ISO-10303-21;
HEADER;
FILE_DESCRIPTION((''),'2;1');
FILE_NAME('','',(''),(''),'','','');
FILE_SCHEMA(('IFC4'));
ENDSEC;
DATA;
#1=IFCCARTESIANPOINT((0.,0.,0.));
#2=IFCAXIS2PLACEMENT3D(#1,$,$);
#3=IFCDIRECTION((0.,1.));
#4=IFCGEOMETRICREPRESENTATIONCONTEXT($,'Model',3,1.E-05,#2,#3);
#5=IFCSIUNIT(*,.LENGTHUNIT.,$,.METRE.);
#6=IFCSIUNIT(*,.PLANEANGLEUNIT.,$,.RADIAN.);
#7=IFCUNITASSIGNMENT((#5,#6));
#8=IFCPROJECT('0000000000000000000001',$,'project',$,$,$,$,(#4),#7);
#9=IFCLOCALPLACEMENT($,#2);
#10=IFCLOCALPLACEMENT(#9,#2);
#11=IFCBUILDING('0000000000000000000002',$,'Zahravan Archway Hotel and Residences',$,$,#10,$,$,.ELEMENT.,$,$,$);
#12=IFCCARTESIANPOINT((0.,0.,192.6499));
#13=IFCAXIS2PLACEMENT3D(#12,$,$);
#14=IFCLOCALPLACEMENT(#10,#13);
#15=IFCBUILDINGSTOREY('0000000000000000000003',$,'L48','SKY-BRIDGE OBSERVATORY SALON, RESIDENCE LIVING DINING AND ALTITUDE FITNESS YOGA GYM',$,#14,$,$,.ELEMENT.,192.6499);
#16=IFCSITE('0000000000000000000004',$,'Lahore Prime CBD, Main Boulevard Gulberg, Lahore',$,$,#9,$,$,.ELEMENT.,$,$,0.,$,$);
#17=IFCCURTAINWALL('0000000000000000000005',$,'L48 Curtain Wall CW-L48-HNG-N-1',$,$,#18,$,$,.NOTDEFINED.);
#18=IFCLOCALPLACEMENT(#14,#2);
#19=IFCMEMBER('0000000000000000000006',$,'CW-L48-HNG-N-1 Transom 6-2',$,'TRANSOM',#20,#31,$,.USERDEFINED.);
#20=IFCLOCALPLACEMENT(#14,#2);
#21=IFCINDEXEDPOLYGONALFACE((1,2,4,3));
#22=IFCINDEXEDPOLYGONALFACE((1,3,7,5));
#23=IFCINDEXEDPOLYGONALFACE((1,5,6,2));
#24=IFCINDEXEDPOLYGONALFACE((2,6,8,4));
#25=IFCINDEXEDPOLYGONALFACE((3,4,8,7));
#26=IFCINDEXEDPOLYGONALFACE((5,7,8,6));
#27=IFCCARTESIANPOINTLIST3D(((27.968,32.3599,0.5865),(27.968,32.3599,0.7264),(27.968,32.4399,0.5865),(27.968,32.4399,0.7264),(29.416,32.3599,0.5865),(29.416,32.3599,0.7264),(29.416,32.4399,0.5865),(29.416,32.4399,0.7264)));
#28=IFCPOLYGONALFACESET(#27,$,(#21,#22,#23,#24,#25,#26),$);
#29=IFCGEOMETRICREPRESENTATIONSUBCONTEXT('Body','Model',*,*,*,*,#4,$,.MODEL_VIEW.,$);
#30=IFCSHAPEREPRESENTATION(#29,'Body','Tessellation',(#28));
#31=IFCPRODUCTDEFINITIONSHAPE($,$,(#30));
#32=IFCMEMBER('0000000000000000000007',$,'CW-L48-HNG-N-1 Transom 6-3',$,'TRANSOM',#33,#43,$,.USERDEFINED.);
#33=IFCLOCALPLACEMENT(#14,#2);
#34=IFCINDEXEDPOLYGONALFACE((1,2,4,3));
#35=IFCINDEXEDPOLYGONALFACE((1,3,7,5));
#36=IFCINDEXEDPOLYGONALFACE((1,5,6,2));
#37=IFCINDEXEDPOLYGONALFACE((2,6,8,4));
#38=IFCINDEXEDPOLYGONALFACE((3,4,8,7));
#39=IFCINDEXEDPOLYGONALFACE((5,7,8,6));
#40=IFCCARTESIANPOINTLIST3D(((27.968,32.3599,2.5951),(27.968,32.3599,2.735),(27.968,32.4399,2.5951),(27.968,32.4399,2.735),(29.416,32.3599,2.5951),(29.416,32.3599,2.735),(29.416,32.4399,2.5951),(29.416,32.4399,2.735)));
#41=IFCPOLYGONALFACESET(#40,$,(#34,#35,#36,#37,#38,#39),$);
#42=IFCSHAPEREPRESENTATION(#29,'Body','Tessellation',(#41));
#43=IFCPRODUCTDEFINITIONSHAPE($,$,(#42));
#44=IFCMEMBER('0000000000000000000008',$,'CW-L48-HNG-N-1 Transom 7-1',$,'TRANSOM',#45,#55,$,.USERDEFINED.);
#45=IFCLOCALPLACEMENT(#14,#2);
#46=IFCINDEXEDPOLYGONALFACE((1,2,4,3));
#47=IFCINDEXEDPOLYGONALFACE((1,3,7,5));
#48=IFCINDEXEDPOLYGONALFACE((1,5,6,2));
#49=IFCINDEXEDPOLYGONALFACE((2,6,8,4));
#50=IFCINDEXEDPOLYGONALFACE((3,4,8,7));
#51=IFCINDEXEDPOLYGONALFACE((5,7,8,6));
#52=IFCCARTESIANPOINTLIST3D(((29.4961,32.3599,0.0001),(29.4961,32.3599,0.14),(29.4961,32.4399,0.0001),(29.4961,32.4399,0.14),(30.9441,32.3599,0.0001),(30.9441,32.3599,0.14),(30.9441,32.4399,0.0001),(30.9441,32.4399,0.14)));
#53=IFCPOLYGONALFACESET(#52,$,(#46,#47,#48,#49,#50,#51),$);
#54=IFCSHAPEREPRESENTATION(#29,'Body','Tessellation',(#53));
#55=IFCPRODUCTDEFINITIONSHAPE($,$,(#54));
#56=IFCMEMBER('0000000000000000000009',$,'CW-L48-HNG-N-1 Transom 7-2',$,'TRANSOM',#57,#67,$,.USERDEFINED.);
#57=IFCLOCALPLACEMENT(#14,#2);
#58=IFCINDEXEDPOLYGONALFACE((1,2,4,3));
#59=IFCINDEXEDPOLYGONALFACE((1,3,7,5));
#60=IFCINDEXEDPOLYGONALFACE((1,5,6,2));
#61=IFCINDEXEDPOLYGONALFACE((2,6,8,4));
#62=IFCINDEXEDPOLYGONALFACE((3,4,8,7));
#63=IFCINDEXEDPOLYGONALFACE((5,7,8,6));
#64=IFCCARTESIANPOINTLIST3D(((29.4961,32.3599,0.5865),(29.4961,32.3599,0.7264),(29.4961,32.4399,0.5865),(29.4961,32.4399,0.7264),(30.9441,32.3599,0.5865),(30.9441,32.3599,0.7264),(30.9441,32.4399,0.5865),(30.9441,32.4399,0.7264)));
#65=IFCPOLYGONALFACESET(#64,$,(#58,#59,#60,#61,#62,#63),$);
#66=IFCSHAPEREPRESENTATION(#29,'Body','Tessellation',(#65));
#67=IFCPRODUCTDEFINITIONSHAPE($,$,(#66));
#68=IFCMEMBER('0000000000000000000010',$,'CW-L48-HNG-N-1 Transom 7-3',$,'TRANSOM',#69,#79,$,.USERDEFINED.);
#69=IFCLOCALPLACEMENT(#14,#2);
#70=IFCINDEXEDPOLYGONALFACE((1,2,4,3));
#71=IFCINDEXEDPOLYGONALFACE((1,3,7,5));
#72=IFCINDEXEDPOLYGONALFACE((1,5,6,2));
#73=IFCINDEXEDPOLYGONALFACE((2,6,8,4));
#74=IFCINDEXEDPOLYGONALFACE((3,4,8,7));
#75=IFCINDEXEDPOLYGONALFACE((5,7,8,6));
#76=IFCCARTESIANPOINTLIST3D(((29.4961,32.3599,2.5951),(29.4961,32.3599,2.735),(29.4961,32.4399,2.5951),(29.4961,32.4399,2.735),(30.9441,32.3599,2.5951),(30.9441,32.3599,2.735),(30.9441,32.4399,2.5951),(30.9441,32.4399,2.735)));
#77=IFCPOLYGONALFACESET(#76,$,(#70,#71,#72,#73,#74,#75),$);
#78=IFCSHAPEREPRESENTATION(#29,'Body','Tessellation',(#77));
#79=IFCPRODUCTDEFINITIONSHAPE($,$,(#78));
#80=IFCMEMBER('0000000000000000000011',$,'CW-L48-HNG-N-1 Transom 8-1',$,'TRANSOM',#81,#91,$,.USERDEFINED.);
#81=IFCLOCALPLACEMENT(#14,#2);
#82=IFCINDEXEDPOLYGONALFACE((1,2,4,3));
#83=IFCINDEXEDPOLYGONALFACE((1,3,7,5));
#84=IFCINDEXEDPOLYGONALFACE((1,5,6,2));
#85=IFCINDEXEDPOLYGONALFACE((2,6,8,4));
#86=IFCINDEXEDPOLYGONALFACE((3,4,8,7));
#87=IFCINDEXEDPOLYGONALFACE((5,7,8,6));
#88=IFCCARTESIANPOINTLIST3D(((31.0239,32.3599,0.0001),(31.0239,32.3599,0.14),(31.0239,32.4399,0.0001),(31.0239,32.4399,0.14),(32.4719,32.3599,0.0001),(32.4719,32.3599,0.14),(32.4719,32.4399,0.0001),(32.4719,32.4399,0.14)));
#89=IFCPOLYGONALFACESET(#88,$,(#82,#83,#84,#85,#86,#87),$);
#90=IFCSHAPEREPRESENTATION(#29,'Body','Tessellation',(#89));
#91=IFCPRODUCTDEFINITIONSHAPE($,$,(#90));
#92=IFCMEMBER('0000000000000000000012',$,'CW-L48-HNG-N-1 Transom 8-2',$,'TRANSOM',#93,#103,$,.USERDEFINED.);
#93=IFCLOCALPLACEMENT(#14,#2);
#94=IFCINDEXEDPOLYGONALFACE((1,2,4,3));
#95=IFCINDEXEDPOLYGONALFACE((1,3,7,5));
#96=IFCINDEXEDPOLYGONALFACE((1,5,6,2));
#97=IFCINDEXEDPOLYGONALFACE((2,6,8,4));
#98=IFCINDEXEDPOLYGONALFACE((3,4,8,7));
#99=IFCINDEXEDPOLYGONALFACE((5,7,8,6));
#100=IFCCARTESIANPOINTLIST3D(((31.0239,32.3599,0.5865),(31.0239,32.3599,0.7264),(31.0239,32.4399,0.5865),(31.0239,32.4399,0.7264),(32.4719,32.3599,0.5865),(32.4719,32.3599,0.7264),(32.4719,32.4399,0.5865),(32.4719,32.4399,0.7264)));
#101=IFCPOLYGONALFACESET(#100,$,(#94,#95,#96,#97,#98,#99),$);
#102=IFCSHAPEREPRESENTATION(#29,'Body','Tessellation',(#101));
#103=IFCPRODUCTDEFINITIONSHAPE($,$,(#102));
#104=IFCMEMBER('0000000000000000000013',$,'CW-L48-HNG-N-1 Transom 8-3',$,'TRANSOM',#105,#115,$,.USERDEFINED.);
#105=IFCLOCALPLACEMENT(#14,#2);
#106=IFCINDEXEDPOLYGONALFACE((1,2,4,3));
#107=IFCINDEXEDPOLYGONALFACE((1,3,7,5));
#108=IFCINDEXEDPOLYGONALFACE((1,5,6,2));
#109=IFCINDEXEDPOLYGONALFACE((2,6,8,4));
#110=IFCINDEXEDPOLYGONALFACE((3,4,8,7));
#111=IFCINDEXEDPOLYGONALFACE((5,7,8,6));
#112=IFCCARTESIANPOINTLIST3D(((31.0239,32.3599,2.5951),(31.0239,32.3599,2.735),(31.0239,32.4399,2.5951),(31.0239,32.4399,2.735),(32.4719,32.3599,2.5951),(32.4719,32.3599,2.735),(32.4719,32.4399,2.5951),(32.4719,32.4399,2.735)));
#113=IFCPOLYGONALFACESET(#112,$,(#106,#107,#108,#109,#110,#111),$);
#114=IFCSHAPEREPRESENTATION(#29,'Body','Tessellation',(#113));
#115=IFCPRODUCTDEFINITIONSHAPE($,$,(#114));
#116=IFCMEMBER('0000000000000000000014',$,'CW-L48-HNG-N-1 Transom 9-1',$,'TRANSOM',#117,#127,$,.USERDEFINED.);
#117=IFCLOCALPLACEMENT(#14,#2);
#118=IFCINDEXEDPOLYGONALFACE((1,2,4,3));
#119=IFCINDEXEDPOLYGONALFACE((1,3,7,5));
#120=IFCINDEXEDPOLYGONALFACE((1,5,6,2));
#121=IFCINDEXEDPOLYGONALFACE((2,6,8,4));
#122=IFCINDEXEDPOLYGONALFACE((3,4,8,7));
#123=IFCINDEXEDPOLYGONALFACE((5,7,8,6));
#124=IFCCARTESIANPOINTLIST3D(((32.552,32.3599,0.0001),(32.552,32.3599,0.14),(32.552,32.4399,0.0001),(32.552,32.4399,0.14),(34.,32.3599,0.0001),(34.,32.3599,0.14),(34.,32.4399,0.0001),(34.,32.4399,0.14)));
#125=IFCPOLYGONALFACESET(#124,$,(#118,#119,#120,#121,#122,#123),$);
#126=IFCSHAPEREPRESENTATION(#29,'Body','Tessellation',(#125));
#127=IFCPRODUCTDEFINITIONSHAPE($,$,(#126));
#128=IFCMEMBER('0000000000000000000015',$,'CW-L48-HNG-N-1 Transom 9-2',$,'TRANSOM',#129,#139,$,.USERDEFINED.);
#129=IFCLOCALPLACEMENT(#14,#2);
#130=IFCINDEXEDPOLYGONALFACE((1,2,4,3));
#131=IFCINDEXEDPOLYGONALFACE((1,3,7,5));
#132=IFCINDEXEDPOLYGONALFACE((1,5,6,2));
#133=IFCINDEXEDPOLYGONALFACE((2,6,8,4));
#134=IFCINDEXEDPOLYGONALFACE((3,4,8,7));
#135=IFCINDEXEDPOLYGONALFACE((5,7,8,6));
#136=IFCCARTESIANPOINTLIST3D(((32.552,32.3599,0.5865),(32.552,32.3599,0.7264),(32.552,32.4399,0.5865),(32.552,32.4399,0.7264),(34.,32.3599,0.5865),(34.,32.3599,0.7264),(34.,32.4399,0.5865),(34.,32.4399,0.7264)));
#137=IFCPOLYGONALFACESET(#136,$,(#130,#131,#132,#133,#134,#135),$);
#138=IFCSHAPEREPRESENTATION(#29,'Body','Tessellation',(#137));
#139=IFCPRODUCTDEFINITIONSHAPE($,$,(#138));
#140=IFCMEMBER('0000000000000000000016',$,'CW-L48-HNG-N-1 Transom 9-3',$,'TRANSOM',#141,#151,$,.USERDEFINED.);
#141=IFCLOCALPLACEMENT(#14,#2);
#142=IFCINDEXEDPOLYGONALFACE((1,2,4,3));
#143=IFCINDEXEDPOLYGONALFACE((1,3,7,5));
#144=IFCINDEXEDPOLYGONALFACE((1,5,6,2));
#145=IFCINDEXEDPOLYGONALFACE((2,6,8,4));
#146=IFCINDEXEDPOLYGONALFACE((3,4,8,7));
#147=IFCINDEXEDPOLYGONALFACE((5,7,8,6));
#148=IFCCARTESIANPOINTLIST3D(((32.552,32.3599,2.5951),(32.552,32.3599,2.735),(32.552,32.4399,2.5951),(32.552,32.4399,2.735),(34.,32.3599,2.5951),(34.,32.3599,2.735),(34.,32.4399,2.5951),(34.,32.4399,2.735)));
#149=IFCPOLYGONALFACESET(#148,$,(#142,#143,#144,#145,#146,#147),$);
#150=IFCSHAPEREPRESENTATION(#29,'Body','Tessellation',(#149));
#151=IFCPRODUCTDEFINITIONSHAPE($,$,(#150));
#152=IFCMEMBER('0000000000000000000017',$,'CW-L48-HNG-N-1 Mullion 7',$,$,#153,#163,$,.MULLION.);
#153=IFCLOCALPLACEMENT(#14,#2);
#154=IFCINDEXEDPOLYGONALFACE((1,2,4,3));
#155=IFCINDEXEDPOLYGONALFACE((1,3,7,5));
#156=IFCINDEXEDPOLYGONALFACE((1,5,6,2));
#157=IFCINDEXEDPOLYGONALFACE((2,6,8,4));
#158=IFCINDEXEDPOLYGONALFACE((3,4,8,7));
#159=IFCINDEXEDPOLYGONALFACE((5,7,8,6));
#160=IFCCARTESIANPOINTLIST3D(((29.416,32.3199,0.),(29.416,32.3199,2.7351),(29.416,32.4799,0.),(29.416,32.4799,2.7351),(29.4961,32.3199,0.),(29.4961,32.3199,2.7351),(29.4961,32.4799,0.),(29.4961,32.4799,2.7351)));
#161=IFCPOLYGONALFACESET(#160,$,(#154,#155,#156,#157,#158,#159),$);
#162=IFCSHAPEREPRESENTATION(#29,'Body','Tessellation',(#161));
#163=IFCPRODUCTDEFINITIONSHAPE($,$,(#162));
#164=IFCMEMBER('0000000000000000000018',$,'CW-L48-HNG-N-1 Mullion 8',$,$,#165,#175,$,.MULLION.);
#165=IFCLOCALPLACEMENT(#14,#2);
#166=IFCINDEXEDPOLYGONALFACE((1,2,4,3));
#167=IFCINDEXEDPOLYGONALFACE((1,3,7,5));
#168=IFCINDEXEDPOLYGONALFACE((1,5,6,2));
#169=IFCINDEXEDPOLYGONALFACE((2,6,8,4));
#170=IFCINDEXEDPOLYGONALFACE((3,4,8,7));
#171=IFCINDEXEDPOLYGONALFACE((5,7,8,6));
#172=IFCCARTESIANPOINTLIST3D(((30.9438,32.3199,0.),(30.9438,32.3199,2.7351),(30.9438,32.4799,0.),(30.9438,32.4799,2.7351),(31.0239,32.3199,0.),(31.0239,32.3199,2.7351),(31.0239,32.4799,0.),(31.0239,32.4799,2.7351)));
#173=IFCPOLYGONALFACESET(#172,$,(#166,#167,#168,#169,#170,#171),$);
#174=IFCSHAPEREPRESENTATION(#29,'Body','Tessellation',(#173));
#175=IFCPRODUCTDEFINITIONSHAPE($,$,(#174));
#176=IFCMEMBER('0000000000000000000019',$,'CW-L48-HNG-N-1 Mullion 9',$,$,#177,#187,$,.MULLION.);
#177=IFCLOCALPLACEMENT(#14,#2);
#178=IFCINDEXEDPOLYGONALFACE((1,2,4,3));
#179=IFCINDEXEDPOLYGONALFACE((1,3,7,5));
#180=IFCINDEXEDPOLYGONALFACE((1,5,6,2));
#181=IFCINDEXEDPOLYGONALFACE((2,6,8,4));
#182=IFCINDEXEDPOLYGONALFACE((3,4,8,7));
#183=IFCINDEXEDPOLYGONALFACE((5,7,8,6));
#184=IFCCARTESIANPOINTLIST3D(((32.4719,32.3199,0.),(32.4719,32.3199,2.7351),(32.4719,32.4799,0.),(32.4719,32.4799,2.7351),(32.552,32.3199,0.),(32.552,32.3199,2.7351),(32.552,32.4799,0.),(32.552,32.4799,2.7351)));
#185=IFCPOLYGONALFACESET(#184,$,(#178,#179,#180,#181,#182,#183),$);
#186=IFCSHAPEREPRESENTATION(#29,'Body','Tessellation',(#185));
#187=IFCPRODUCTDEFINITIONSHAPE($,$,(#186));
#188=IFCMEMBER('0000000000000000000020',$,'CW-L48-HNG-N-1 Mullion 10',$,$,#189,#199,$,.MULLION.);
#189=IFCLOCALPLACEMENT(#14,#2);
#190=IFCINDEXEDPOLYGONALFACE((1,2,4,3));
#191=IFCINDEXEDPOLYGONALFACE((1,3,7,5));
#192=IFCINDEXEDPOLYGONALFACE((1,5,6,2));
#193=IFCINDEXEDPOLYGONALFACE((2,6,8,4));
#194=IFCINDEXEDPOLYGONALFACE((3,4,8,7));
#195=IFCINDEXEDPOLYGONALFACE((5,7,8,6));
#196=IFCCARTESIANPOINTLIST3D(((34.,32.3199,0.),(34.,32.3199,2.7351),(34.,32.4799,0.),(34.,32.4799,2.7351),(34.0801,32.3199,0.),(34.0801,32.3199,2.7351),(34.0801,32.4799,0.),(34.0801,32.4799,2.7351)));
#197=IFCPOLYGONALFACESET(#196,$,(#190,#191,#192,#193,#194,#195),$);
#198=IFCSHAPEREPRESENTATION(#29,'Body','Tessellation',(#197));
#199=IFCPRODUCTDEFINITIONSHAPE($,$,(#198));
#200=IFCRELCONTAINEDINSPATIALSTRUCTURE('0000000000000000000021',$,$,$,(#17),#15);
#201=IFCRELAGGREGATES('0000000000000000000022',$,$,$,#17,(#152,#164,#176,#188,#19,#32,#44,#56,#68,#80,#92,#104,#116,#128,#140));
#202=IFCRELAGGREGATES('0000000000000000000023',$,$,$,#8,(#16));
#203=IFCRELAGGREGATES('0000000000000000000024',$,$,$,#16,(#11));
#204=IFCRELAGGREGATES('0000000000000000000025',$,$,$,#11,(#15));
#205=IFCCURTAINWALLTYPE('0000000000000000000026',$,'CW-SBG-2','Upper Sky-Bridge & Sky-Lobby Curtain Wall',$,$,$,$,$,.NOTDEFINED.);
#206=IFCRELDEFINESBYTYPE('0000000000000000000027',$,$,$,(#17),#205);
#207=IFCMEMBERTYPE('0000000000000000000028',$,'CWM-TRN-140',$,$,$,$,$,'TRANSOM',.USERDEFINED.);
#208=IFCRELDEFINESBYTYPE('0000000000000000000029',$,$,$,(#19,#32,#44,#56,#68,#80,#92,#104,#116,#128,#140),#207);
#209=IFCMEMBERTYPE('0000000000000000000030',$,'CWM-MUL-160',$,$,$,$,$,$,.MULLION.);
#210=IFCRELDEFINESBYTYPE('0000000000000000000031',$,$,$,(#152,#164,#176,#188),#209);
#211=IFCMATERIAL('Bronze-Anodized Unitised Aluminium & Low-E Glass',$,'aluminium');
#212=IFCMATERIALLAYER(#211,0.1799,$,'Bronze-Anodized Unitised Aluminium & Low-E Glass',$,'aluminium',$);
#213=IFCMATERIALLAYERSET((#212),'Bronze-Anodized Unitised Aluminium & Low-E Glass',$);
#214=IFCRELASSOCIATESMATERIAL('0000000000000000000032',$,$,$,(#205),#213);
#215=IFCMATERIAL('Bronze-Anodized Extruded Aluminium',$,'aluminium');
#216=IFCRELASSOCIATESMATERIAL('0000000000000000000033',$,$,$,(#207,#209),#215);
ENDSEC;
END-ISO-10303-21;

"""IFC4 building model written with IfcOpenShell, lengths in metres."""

from ifc_helpers import new_model, si_unit, direction, frame, origin, origin_2d, place, context, subcontext, project, spatial, rectangle, extrude, source, transform, mapped, material, layer, layer_set, material_profile, profile_set, type_object, element, aggregate, save


model = new_model("IFC4")

# Units and contexts
model_context = context("Model", 3, precision=1e-05, world=origin(), true_north=direction((0.0, 1.0)))
body_context = subcontext(model_context, "Body", "Model", "MODEL_VIEW")
ifc_project = project(units=[si_unit("LENGTHUNIT", "METRE"), si_unit("PLANEANGLEUNIT", "RADIAN")], contexts=[model_context])

# Site, building, storey
site_placement = place(None, origin())
site = spatial("IfcSite", under=ifc_project, at=site_placement, Name="Lahore Prime CBD, Main Boulevard Gulberg, Lahore", CompositionType="ELEMENT", RefElevation=0.0)
building_placement = place(site_placement, origin())
building = spatial("IfcBuilding", under=site, at=building_placement, Name="Zahravan Archway Hotel and Residences", CompositionType="ELEMENT")
storey_placement = place(building_placement, frame((0.0, 0.0, 192.6499)))
storey = spatial("IfcBuildingStorey", under=building, at=storey_placement, Name="L48", Description="SKY-BRIDGE OBSERVATORY SALON, RESIDENCE LIVING DINING AND ALTITUDE FITNESS YOGA GYM", CompositionType="ELEMENT", Elevation=192.6499)

# Curtain wall, members
ifc_material_1 = material(Name="Bronze-Anodized Unitised Aluminium & Low-E Glass", Category="aluminium")
ifc_layer_1 = layer(ifc_material_1, 0.1799, Name="Bronze-Anodized Unitised Aluminium & Low-E Glass", Category="aluminium")
ifc_layer_set_1 = layer_set([ifc_layer_1], Name="Bronze-Anodized Unitised Aluminium & Low-E Glass")
curtain_wall_type = type_object("IfcCurtainWallType", Name="CW-SBG-2", Description="Upper Sky-Bridge & Sky-Lobby Curtain Wall", PredefinedType="NOTDEFINED", material=ifc_layer_set_1)
curtain_wall_placement = place(storey_placement, origin())
curtain_wall = element("IfcCurtainWall", 1, at=curtain_wall_placement, inside=storey, type_object=curtain_wall_type, Name="L48 Curtain Wall CW-L48-HNG-N-1", PredefinedType="NOTDEFINED")
ifc_material_2 = material(Name="Bronze-Anodized Extruded Aluminium", Category="aluminium")
ifc_material_profile_1 = material_profile(ifc_material_2, rectangle(XDim=0.0801, YDim=0.1399, at=origin_2d()), Name="TRN 80x140", Category="aluminium")
ifc_profile_set_1 = profile_set([ifc_material_profile_1], Name="Bronze-Anodized Extruded Aluminium")
member_type_1 = type_object("IfcMemberType", Name="CWM-TRN-140", ElementType="TRANSOM", PredefinedType="USERDEFINED", material=ifc_profile_set_1)
shared_shape_1 = source(origin(), body_context, "Body", "SweptSolid", [
    extrude(rectangle(XDim=0.0801, YDim=0.1399, at=origin_2d()), origin(), (0.0, 0.0, 1.0), 1.448),
])
member_1_placement = place(storey_placement, frame((27.968, 32.3999, 0.6565), z_axis=(1.0, 0.0, 0.0), x_axis=(0.0, 1.0, 0.0)))
member_1 = element("IfcMember", 2, at=member_1_placement, type_object=member_type_1, Name="CW-L48-HNG-N-1 Transom 6-2", ObjectType="TRANSOM", PredefinedType="USERDEFINED", context=body_context, shape_type="MappedRepresentation", body=[
    mapped(shared_shape_1, transform((0.0, 0.0, 0.0), scale=1.0)),
])
member_2_placement = place(storey_placement, frame((27.968, 32.3999, 2.665), z_axis=(1.0, 0.0, 0.0), x_axis=(0.0, 1.0, 0.0)))
member_2 = element("IfcMember", 3, at=member_2_placement, type_object=member_type_1, Name="CW-L48-HNG-N-1 Transom 6-3", ObjectType="TRANSOM", PredefinedType="USERDEFINED", context=body_context, shape_type="MappedRepresentation", body=[
    mapped(shared_shape_1, transform((0.0, 0.0, 0.0), scale=1.0)),
])
member_3_placement = place(storey_placement, frame((29.4961, 32.3999, 0.0701), z_axis=(1.0, 0.0, 0.0), x_axis=(0.0, 1.0, 0.0)))
member_3 = element("IfcMember", 4, at=member_3_placement, type_object=member_type_1, Name="CW-L48-HNG-N-1 Transom 7-1", ObjectType="TRANSOM", PredefinedType="USERDEFINED", context=body_context, shape_type="MappedRepresentation", body=[
    mapped(shared_shape_1, transform((0.0, 0.0, 0.0), scale=1.0)),
])
member_4_placement = place(storey_placement, frame((29.4961, 32.3999, 0.6565), z_axis=(1.0, 0.0, 0.0), x_axis=(0.0, 1.0, 0.0)))
member_4 = element("IfcMember", 5, at=member_4_placement, type_object=member_type_1, Name="CW-L48-HNG-N-1 Transom 7-2", ObjectType="TRANSOM", PredefinedType="USERDEFINED", context=body_context, shape_type="MappedRepresentation", body=[
    mapped(shared_shape_1, transform((0.0, 0.0, 0.0), scale=1.0)),
])
member_5_placement = place(storey_placement, frame((29.4961, 32.3999, 2.665), z_axis=(1.0, 0.0, 0.0), x_axis=(0.0, 1.0, 0.0)))
member_5 = element("IfcMember", 6, at=member_5_placement, type_object=member_type_1, Name="CW-L48-HNG-N-1 Transom 7-3", ObjectType="TRANSOM", PredefinedType="USERDEFINED", context=body_context, shape_type="MappedRepresentation", body=[
    mapped(shared_shape_1, transform((0.0, 0.0, 0.0), scale=1.0)),
])
member_6_placement = place(storey_placement, frame((31.0239, 32.3999, 0.0701), z_axis=(1.0, 0.0, 0.0), x_axis=(0.0, 1.0, 0.0)))
member_6 = element("IfcMember", 7, at=member_6_placement, type_object=member_type_1, Name="CW-L48-HNG-N-1 Transom 8-1", ObjectType="TRANSOM", PredefinedType="USERDEFINED", context=body_context, shape_type="MappedRepresentation", body=[
    mapped(shared_shape_1, transform((0.0, 0.0, 0.0), scale=1.0)),
])
member_7_placement = place(storey_placement, frame((31.0239, 32.3999, 0.6565), z_axis=(1.0, 0.0, 0.0), x_axis=(0.0, 1.0, 0.0)))
member_7 = element("IfcMember", 8, at=member_7_placement, type_object=member_type_1, Name="CW-L48-HNG-N-1 Transom 8-2", ObjectType="TRANSOM", PredefinedType="USERDEFINED", context=body_context, shape_type="MappedRepresentation", body=[
    mapped(shared_shape_1, transform((0.0, 0.0, 0.0), scale=1.0)),
])
member_8_placement = place(storey_placement, frame((31.0239, 32.3999, 2.665), z_axis=(1.0, 0.0, 0.0), x_axis=(0.0, 1.0, 0.0)))
member_8 = element("IfcMember", 9, at=member_8_placement, type_object=member_type_1, Name="CW-L48-HNG-N-1 Transom 8-3", ObjectType="TRANSOM", PredefinedType="USERDEFINED", context=body_context, shape_type="MappedRepresentation", body=[
    mapped(shared_shape_1, transform((0.0, 0.0, 0.0), scale=1.0)),
])
member_9_placement = place(storey_placement, frame((32.552, 32.3999, 0.0701), z_axis=(1.0, 0.0, 0.0), x_axis=(0.0, 1.0, 0.0)))
member_9 = element("IfcMember", 10, at=member_9_placement, type_object=member_type_1, Name="CW-L48-HNG-N-1 Transom 9-1", ObjectType="TRANSOM", PredefinedType="USERDEFINED", context=body_context, shape_type="MappedRepresentation", body=[
    mapped(shared_shape_1, transform((0.0, 0.0, 0.0), scale=1.0)),
])
member_10_placement = place(storey_placement, frame((32.552, 32.3999, 0.6565), z_axis=(1.0, 0.0, 0.0), x_axis=(0.0, 1.0, 0.0)))
member_10 = element("IfcMember", 11, at=member_10_placement, type_object=member_type_1, Name="CW-L48-HNG-N-1 Transom 9-2", ObjectType="TRANSOM", PredefinedType="USERDEFINED", context=body_context, shape_type="MappedRepresentation", body=[
    mapped(shared_shape_1, transform((0.0, 0.0, 0.0), scale=1.0)),
])
member_11_placement = place(storey_placement, frame((32.552, 32.3999, 2.665), z_axis=(1.0, 0.0, 0.0), x_axis=(0.0, 1.0, 0.0)))
member_11 = element("IfcMember", 12, at=member_11_placement, type_object=member_type_1, Name="CW-L48-HNG-N-1 Transom 9-3", ObjectType="TRANSOM", PredefinedType="USERDEFINED", context=body_context, shape_type="MappedRepresentation", body=[
    mapped(shared_shape_1, transform((0.0, 0.0, 0.0), scale=1.0)),
])
ifc_material_profile_2 = material_profile(ifc_material_2, rectangle(XDim=0.0801, YDim=0.1599, at=origin_2d()), Name="MUL 80x160", Category="aluminium")
ifc_profile_set_2 = profile_set([ifc_material_profile_2], Name="Bronze-Anodized Extruded Aluminium")
member_type_2 = type_object("IfcMemberType", Name="CWM-MUL-160", PredefinedType="MULLION", material=ifc_profile_set_2)
shared_shape_2 = source(origin(), body_context, "Body", "SweptSolid", [
    extrude(rectangle(XDim=0.0801, YDim=0.1599, at=origin_2d()), origin(), (0.0, 0.0, 1.0), 2.7351),
])
member_12_placement = place(storey_placement, frame((29.4561, 32.3999, 0.0), z_axis=(0.0, 0.0, 1.0), x_axis=(1.0, 0.0, 0.0)))
member_12 = element("IfcMember", 13, at=member_12_placement, type_object=member_type_2, Name="CW-L48-HNG-N-1 Mullion 7", PredefinedType="MULLION", context=body_context, shape_type="MappedRepresentation", body=[
    mapped(shared_shape_2, transform((0.0, 0.0, 0.0), scale=1.0)),
])
member_13_placement = place(storey_placement, frame((30.9839, 32.3999, 0.0), z_axis=(0.0, 0.0, 1.0), x_axis=(1.0, 0.0, 0.0)))
member_13 = element("IfcMember", 14, at=member_13_placement, type_object=member_type_2, Name="CW-L48-HNG-N-1 Mullion 8", PredefinedType="MULLION", context=body_context, shape_type="MappedRepresentation", body=[
    mapped(shared_shape_2, transform((0.0, 0.0, 0.0), scale=1.0)),
])
member_14_placement = place(storey_placement, frame((32.512, 32.3999, 0.0), z_axis=(0.0, 0.0, 1.0), x_axis=(1.0, 0.0, 0.0)))
member_14 = element("IfcMember", 15, at=member_14_placement, type_object=member_type_2, Name="CW-L48-HNG-N-1 Mullion 9", PredefinedType="MULLION", context=body_context, shape_type="MappedRepresentation", body=[
    mapped(shared_shape_2, transform((0.0, 0.0, 0.0), scale=1.0)),
])
member_15_placement = place(storey_placement, frame((34.04, 32.3999, 0.0), z_axis=(0.0, 0.0, 1.0), x_axis=(1.0, 0.0, 0.0)))
member_15 = element("IfcMember", 16, at=member_15_placement, type_object=member_type_2, Name="CW-L48-HNG-N-1 Mullion 10", PredefinedType="MULLION", context=body_context, shape_type="MappedRepresentation", body=[
    mapped(shared_shape_2, transform((0.0, 0.0, 0.0), scale=1.0)),
])
aggregate(curtain_wall, [member_12, member_13, member_14, member_15, member_1, member_2, member_3, member_4, member_5, member_6, member_7, member_8, member_9, member_10, member_11])

save(model, "model.ifc")
